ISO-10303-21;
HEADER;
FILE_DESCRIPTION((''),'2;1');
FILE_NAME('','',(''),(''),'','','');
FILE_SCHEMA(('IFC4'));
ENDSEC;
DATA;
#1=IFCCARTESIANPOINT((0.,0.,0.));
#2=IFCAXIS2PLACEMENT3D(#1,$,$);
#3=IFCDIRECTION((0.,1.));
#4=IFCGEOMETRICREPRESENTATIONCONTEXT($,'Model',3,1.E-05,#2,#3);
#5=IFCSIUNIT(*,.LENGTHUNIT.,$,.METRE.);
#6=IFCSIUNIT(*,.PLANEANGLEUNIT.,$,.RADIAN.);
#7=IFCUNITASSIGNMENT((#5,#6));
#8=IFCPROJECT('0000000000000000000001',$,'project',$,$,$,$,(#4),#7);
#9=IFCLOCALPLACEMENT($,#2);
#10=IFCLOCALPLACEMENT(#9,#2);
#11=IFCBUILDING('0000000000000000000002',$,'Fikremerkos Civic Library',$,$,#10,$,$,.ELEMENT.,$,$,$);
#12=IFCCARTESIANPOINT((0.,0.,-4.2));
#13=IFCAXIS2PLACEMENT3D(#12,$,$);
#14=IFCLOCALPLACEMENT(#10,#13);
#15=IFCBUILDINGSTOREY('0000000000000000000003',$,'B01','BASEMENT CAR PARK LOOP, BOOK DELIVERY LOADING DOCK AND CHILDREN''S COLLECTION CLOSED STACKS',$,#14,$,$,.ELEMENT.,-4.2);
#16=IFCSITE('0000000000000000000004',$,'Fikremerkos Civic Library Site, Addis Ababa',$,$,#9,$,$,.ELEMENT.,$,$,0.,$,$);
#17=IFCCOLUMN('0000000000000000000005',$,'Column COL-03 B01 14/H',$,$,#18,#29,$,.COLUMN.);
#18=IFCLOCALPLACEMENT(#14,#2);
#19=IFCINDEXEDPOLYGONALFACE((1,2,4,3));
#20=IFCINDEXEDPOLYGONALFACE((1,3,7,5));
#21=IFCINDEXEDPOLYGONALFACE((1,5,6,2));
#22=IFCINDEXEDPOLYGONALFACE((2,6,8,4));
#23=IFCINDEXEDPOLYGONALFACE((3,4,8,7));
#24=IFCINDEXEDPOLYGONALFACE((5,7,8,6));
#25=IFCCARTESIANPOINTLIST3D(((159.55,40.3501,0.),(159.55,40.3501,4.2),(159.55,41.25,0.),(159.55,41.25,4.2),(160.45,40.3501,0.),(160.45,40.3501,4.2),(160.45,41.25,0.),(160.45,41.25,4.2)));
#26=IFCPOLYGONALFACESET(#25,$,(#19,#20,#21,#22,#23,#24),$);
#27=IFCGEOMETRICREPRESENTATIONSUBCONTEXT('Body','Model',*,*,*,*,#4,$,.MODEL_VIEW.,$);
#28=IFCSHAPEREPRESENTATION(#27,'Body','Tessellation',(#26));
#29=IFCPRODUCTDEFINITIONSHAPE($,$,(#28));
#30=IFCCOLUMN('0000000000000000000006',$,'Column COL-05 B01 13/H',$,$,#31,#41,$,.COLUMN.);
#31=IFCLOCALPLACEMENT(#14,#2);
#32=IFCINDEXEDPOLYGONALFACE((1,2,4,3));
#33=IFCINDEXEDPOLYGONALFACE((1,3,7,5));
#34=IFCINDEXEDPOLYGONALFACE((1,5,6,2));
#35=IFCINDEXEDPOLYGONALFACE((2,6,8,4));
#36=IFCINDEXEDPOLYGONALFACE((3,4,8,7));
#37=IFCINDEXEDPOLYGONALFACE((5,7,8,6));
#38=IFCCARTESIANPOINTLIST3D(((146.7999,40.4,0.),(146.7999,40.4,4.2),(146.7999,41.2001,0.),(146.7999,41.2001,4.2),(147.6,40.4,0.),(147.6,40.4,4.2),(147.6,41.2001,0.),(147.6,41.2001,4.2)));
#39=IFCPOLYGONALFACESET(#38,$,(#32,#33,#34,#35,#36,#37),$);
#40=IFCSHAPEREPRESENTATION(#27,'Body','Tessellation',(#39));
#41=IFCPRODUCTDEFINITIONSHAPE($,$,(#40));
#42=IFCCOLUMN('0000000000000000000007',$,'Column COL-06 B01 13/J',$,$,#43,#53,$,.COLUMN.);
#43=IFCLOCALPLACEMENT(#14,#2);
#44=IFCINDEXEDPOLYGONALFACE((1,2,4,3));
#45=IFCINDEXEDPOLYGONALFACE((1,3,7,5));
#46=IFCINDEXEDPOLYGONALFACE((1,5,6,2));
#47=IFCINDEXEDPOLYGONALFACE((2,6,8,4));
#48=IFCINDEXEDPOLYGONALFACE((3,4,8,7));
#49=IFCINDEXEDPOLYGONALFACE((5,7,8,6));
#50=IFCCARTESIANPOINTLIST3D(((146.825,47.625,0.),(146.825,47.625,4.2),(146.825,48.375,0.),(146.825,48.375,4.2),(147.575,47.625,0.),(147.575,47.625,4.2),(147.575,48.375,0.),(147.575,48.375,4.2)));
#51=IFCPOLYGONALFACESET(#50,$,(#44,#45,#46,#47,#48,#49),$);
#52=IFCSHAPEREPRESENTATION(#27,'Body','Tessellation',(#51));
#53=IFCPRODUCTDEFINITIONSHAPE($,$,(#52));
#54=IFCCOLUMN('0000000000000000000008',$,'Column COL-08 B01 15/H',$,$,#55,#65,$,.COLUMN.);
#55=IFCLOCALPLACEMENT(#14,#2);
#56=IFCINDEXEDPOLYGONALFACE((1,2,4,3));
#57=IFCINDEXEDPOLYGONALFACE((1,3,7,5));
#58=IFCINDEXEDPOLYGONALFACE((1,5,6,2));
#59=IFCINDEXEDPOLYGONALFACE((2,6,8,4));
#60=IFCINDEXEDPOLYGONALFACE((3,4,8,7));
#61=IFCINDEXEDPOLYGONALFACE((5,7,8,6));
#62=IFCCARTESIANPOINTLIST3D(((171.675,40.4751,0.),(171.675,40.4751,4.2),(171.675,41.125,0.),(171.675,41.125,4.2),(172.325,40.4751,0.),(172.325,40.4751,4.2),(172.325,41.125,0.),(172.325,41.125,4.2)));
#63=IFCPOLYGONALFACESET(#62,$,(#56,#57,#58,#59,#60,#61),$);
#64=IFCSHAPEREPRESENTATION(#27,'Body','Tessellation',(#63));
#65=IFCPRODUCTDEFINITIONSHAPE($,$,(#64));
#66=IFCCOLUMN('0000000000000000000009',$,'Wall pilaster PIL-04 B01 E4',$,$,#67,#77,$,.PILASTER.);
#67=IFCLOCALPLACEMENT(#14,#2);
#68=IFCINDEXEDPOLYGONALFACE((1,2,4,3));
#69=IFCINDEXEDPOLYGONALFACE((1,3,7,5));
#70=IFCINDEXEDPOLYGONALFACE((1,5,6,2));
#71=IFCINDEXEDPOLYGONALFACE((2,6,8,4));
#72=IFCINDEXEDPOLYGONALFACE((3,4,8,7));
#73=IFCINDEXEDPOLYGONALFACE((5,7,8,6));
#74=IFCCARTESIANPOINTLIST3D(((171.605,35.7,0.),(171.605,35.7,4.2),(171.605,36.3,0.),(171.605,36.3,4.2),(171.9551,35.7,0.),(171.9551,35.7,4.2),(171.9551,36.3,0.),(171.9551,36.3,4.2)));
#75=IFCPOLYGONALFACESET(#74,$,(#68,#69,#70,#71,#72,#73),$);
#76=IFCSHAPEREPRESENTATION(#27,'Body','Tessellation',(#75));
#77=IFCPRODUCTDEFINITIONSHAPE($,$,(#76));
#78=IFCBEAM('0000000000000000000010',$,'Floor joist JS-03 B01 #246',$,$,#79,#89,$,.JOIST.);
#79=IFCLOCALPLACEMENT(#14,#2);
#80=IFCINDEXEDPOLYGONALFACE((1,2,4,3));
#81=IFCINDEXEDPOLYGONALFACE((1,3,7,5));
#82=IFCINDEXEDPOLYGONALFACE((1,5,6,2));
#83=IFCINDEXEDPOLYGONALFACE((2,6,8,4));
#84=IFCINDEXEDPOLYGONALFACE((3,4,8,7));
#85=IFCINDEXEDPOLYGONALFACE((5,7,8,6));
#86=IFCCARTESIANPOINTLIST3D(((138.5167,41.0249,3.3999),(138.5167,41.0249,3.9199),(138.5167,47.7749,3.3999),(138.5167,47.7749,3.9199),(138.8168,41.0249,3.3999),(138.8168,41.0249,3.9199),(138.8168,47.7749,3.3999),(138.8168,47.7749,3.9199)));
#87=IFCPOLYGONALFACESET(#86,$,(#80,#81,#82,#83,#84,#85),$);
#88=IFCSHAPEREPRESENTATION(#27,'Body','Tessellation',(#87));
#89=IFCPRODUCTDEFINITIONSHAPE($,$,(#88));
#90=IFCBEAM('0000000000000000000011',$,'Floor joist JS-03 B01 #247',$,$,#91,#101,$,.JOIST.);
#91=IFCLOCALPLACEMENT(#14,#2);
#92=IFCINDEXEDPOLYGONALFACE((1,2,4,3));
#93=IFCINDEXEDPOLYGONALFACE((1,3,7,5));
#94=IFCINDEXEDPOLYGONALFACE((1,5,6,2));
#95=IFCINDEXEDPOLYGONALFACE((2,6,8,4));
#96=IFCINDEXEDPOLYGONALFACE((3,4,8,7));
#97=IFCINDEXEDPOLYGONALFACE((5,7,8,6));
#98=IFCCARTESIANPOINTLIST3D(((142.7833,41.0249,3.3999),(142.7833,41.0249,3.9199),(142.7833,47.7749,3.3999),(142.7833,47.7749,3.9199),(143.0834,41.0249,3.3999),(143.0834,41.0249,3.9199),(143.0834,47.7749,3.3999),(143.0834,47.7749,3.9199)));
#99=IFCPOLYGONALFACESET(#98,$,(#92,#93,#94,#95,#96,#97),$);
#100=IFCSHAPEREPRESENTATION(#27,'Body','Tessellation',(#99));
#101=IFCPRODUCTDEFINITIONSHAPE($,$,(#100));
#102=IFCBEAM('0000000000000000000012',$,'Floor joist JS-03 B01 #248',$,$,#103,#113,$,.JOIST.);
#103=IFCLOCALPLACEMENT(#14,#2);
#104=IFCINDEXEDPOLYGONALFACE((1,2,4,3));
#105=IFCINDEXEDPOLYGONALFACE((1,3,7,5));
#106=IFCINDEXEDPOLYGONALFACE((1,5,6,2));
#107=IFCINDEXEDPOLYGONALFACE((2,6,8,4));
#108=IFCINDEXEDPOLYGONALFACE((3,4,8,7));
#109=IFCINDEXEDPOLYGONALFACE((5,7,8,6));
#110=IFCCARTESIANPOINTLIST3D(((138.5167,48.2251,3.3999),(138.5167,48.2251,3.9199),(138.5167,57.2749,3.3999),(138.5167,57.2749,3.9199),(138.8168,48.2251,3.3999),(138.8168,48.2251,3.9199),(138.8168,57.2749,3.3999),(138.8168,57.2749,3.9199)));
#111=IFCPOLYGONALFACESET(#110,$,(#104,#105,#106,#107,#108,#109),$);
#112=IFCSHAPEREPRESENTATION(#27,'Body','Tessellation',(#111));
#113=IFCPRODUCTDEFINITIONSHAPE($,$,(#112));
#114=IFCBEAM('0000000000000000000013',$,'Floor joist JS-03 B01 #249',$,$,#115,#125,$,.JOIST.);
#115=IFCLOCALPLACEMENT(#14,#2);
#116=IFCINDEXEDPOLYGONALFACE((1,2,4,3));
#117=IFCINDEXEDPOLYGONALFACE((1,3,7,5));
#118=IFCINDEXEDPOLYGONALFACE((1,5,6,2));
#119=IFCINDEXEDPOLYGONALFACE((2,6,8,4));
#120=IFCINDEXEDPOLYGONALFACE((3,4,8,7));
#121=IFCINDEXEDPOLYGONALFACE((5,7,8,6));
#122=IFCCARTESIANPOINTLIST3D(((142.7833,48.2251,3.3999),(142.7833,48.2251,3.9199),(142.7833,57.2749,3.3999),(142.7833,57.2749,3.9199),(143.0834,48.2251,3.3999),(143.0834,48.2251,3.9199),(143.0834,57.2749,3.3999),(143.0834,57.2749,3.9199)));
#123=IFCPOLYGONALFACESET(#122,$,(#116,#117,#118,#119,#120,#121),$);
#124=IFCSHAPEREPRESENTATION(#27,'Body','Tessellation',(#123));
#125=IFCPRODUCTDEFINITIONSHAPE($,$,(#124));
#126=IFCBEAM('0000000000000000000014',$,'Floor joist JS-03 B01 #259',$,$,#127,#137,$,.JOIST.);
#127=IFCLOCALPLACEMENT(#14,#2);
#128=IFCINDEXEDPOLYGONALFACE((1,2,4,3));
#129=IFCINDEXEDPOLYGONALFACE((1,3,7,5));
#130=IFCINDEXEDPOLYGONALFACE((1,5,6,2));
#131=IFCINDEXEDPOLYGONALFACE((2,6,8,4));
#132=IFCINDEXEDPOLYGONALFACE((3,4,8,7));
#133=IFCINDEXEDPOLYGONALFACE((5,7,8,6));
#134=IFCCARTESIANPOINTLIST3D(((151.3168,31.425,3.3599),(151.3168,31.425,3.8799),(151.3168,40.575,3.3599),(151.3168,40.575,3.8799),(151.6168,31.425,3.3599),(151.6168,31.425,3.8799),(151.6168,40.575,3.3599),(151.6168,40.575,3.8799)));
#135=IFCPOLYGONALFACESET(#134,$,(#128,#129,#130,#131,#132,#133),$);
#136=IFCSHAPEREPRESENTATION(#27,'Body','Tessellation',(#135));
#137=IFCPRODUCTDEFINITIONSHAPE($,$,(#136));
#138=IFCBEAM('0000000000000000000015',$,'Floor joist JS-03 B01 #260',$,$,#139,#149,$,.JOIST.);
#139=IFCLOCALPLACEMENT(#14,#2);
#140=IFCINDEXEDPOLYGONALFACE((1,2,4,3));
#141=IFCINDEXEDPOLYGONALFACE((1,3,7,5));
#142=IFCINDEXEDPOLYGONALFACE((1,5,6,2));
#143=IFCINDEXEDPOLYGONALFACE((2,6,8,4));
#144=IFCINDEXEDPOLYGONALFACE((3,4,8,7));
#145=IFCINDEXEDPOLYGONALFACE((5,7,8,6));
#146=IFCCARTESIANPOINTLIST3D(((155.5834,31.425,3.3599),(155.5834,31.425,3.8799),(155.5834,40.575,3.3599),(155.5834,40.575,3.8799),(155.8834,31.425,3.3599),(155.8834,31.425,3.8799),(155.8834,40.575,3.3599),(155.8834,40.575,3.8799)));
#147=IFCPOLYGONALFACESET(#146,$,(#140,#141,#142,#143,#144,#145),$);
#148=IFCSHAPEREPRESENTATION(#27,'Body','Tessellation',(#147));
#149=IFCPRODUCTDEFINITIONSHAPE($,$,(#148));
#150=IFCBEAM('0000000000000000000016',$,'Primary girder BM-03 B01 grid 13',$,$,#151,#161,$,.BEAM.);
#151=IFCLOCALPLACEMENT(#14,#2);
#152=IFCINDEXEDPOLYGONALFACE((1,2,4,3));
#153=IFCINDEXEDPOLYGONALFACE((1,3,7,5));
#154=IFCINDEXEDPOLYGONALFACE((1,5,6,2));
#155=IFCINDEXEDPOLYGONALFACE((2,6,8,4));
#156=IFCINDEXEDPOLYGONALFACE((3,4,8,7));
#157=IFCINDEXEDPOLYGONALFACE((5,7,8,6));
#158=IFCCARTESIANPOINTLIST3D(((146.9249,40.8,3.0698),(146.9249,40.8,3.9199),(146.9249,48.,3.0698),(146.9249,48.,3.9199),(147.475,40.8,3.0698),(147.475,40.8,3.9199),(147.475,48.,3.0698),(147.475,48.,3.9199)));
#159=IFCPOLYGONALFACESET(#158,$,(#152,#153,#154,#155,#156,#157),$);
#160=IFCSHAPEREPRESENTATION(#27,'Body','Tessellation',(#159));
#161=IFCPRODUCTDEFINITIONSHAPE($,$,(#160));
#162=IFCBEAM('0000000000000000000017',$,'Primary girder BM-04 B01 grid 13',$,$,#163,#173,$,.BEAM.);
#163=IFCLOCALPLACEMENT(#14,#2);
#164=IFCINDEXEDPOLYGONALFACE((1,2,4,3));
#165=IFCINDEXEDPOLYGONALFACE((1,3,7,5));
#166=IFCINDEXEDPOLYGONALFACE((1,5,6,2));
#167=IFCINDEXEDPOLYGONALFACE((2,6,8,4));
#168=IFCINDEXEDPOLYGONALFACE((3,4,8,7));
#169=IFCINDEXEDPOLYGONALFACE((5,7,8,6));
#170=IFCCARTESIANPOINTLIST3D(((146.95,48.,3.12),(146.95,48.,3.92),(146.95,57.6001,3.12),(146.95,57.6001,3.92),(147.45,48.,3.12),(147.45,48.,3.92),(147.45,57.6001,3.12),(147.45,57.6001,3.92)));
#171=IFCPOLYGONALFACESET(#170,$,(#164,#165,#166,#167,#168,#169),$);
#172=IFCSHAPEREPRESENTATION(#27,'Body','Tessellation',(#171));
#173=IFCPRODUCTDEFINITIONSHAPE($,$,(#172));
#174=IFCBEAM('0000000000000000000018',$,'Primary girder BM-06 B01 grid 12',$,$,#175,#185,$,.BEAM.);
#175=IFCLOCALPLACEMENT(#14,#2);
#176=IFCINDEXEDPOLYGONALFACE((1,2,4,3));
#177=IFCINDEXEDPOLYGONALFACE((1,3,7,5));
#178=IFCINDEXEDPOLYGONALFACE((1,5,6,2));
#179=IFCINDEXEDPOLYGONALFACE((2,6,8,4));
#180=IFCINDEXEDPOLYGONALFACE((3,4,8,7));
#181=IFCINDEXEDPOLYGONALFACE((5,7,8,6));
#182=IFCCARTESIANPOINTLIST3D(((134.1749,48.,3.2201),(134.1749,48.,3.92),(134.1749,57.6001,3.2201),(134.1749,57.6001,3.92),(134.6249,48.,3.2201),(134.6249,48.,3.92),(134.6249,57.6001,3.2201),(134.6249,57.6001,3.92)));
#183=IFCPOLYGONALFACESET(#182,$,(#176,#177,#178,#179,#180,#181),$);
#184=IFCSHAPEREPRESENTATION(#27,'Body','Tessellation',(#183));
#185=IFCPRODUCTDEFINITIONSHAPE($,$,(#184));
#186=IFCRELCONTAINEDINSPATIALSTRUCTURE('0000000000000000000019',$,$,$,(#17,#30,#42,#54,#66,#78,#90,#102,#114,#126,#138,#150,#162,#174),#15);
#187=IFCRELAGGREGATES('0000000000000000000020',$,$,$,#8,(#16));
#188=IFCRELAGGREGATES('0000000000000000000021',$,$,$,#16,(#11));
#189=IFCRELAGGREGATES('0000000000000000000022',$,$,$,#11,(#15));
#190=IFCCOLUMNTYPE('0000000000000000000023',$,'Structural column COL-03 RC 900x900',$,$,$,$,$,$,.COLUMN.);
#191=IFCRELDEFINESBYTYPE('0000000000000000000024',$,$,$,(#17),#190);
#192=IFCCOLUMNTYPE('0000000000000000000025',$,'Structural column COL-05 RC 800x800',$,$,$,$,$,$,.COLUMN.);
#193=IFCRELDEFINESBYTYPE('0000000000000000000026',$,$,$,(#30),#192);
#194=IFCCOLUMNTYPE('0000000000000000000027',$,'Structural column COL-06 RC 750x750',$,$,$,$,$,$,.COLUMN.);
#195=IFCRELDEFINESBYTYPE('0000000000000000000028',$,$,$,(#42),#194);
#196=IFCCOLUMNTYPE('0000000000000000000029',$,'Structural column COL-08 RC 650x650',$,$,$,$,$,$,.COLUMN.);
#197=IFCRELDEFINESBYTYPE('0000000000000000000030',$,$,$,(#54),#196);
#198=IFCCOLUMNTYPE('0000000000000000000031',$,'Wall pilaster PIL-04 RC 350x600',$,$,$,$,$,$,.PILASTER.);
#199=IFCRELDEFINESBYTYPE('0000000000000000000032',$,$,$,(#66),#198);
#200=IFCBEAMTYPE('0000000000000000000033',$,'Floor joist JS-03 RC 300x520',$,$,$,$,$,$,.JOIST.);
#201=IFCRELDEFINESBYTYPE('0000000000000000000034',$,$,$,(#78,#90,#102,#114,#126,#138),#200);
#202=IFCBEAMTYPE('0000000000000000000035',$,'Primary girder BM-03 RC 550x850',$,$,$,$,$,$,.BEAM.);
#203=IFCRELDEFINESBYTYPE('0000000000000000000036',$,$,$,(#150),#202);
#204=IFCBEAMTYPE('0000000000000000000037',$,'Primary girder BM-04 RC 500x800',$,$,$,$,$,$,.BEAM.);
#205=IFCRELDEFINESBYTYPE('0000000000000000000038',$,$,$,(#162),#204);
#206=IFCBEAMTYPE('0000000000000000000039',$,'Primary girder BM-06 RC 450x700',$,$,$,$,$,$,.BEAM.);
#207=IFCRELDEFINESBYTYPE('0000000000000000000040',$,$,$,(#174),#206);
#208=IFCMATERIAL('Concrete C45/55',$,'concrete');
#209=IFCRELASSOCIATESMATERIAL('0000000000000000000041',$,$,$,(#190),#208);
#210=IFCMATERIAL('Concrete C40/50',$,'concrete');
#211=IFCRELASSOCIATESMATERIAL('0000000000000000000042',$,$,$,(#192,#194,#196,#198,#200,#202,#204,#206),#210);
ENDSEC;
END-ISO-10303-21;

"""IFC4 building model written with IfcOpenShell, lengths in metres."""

from ifc_helpers import new_model, si_unit, direction, frame, origin, origin_2d, place, context, subcontext, project, spatial, rectangle, extrude, material, material_profile, profile_set, type_object, element, save


model = new_model("IFC4")

# Units and contexts
model_context = context("Model", 3, precision=1e-05, world=origin(), true_north=direction((0.0, 1.0)))
body_context = subcontext(model_context, "Body", "Model", "MODEL_VIEW")
ifc_project = project(units=[si_unit("LENGTHUNIT", "METRE"), si_unit("PLANEANGLEUNIT", "RADIAN")], contexts=[model_context])

# Site, building, storey
site_placement = place(None, origin())
site = spatial("IfcSite", under=ifc_project, at=site_placement, Name="Fikremerkos Civic Library Site, Addis Ababa", CompositionType="ELEMENT", RefElevation=0.0)
building_placement = place(site_placement, origin())
building = spatial("IfcBuilding", under=site, at=building_placement, Name="Fikremerkos Civic Library", CompositionType="ELEMENT")
storey_placement = place(building_placement, frame((0.0, 0.0, -4.2)))
storey = spatial("IfcBuildingStorey", under=building, at=storey_placement, Name="B01", Description="BASEMENT CAR PARK LOOP, BOOK DELIVERY LOADING DOCK AND CHILDREN'S COLLECTION CLOSED STACKS", CompositionType="ELEMENT", Elevation=-4.2)

# Columns
ifc_material_1 = material(Name="Concrete C45/55", Category="concrete")
ifc_material_profile_1 = material_profile(ifc_material_1, rectangle(XDim=0.8999, YDim=0.8999, at=origin_2d()), Name="RC 900x900")
ifc_profile_set_1 = profile_set([ifc_material_profile_1], Name="Concrete C45/55")
column_type_1 = type_object("IfcColumnType", Name="Structural column COL-03 RC 900x900", PredefinedType="COLUMN", material=ifc_profile_set_1)
column_1_placement = place(storey_placement, frame((160.0, 40.8, 0.0), z_axis=(0.0, 0.0, 1.0), x_axis=(1.0, 0.0, 0.0)))
element("IfcColumn", 1, at=column_1_placement, inside=storey, type_object=column_type_1, Name="Column COL-03 B01 14/H", PredefinedType="COLUMN", context=body_context, shape_type="SweptSolid", body=[
    extrude(rectangle(XDim=0.8999, YDim=0.8999, at=origin_2d()), origin(), (0.0, 0.0, 1.0), 4.2),
])
ifc_material_2 = material(Name="Concrete C40/50", Category="concrete")
ifc_material_profile_2 = material_profile(ifc_material_2, rectangle(XDim=0.8, YDim=0.8, at=origin_2d()), Name="RC 800x800")
ifc_profile_set_2 = profile_set([ifc_material_profile_2], Name="Concrete C40/50")
column_type_2 = type_object("IfcColumnType", Name="Structural column COL-05 RC 800x800", PredefinedType="COLUMN", material=ifc_profile_set_2)
column_2_placement = place(storey_placement, frame((147.2, 40.8, 0.0), z_axis=(0.0, 0.0, 1.0), x_axis=(1.0, 0.0, 0.0)))
element("IfcColumn", 2, at=column_2_placement, inside=storey, type_object=column_type_2, Name="Column COL-05 B01 13/H", PredefinedType="COLUMN", context=body_context, shape_type="SweptSolid", body=[
    extrude(rectangle(XDim=0.8, YDim=0.8, at=origin_2d()), origin(), (0.0, 0.0, 1.0), 4.2),
])
ifc_material_profile_3 = material_profile(ifc_material_2, rectangle(XDim=0.75, YDim=0.75, at=origin_2d()), Name="RC 750x750")
ifc_profile_set_3 = profile_set([ifc_material_profile_3], Name="Concrete C40/50")
column_type_3 = type_object("IfcColumnType", Name="Structural column COL-06 RC 750x750", PredefinedType="COLUMN", material=ifc_profile_set_3)
column_3_placement = place(storey_placement, frame((147.2, 48.0, 0.0), z_axis=(0.0, 0.0, 1.0), x_axis=(1.0, 0.0, 0.0)))
element("IfcColumn", 3, at=column_3_placement, inside=storey, type_object=column_type_3, Name="Column COL-06 B01 13/J", PredefinedType="COLUMN", context=body_context, shape_type="SweptSolid", body=[
    extrude(rectangle(XDim=0.75, YDim=0.75, at=origin_2d()), origin(), (0.0, 0.0, 1.0), 4.2),
])
ifc_material_profile_4 = material_profile(ifc_material_2, rectangle(XDim=0.6499, YDim=0.6499, at=origin_2d()), Name="RC 650x650")
ifc_profile_set_4 = profile_set([ifc_material_profile_4], Name="Concrete C40/50")
column_type_4 = type_object("IfcColumnType", Name="Structural column COL-08 RC 650x650", PredefinedType="COLUMN", material=ifc_profile_set_4)
column_4_placement = place(storey_placement, frame((172.0, 40.8, 0.0), z_axis=(0.0, 0.0, 1.0), x_axis=(1.0, 0.0, 0.0)))
element("IfcColumn", 4, at=column_4_placement, inside=storey, type_object=column_type_4, Name="Column COL-08 B01 15/H", PredefinedType="COLUMN", context=body_context, shape_type="SweptSolid", body=[
    extrude(rectangle(XDim=0.6499, YDim=0.6499, at=origin_2d()), origin(), (0.0, 0.0, 1.0), 4.2),
])
ifc_material_profile_5 = material_profile(ifc_material_2, rectangle(XDim=0.3501, YDim=0.6001, at=origin_2d()), Name="RC 350x600")
ifc_profile_set_5 = profile_set([ifc_material_profile_5], Name="Concrete C40/50")
column_type_5 = type_object("IfcColumnType", Name="Wall pilaster PIL-04 RC 350x600", PredefinedType="PILASTER", material=ifc_profile_set_5)
column_5_placement = place(storey_placement, frame((171.78, 36.0, 0.0), z_axis=(0.0, 0.0, 1.0), x_axis=(1.0, 0.0, 0.0)))
element("IfcColumn", 5, at=column_5_placement, inside=storey, type_object=column_type_5, Name="Wall pilaster PIL-04 B01 E4", PredefinedType="PILASTER", context=body_context, shape_type="SweptSolid", body=[
    extrude(rectangle(XDim=0.3501, YDim=0.6001, at=origin_2d()), origin(), (0.0, 0.0, 1.0), 4.2),
])

# Beams
ifc_material_profile_6 = material_profile(ifc_material_2, rectangle(XDim=0.3, YDim=0.52, at=origin_2d()), Name="RC 300x520")
ifc_profile_set_6 = profile_set([ifc_material_profile_6], Name="Concrete C40/50")
beam_type_1 = type_object("IfcBeamType", Name="Floor joist JS-03 RC 300x520", PredefinedType="JOIST", material=ifc_profile_set_6)
for number, where, z_axis, x_axis, name in (
    (6, (138.6667, 41.0249, 3.6599), (0.0, 1.0, 0.0), (-1.0, 0.0, 0.0), "Floor joist JS-03 B01 #246"),
    (7, (142.9333, 41.0249, 3.6599), (0.0, 1.0, 0.0), (-1.0, 0.0, 0.0), "Floor joist JS-03 B01 #247"),
):
    element("IfcBeam", number, at=place(storey_placement, frame(where, z_axis=z_axis, x_axis=x_axis)), inside=storey, type_object=beam_type_1, Name=name, PredefinedType="JOIST", context=body_context, shape_type="SweptSolid", body=[
        extrude(rectangle(XDim=0.3, YDim=0.52, at=origin_2d()), origin(), (0.0, 0.0, 1.0), 6.75),
    ])
for number, where, z_axis, x_axis, name in (
    (8, (138.6667, 48.2251, 3.6599), (0.0, 1.0, 0.0), (-1.0, 0.0, 0.0), "Floor joist JS-03 B01 #248"),
    (9, (142.9333, 48.2251, 3.6599), (0.0, 1.0, 0.0), (-1.0, 0.0, 0.0), "Floor joist JS-03 B01 #249"),
):
    element("IfcBeam", number, at=place(storey_placement, frame(where, z_axis=z_axis, x_axis=x_axis)), inside=storey, type_object=beam_type_1, Name=name, PredefinedType="JOIST", context=body_context, shape_type="SweptSolid", body=[
        extrude(rectangle(XDim=0.3, YDim=0.52, at=origin_2d()), origin(), (0.0, 0.0, 1.0), 9.0498),
    ])
for number, where, z_axis, x_axis, name in (
    (10, (151.4668, 31.425, 3.6199), (0.0, 1.0, 0.0), (-1.0, 0.0, 0.0), "Floor joist JS-03 B01 #259"),
    (11, (155.7334, 31.425, 3.6199), (0.0, 1.0, 0.0), (-1.0, 0.0, 0.0), "Floor joist JS-03 B01 #260"),
):
    element("IfcBeam", number, at=place(storey_placement, frame(where, z_axis=z_axis, x_axis=x_axis)), inside=storey, type_object=beam_type_1, Name=name, PredefinedType="JOIST", context=body_context, shape_type="SweptSolid", body=[
        extrude(rectangle(XDim=0.3, YDim=0.52, at=origin_2d()), origin(), (0.0, 0.0, 1.0), 9.1499),
    ])
ifc_material_profile_7 = material_profile(ifc_material_2, rectangle(XDim=0.55, YDim=0.8501, at=origin_2d()), Name="RC 550x850")
ifc_profile_set_7 = profile_set([ifc_material_profile_7], Name="Concrete C40/50")
beam_type_2 = type_object("IfcBeamType", Name="Primary girder BM-03 RC 550x850", PredefinedType="BEAM", material=ifc_profile_set_7)
beam_1_placement = place(storey_placement, frame((147.2, 40.8, 3.4949), z_axis=(0.0, 1.0, 0.0), x_axis=(-1.0, 0.0, 0.0)))
element("IfcBeam", 12, at=beam_1_placement, inside=storey, type_object=beam_type_2, Name="Primary girder BM-03 B01 grid 13", PredefinedType="BEAM", context=body_context, shape_type="SweptSolid", body=[
    extrude(rectangle(XDim=0.55, YDim=0.8501, at=origin_2d()), origin(), (0.0, 0.0, 1.0), 7.2),
])
ifc_material_profile_8 = material_profile(ifc_material_2, rectangle(XDim=0.5, YDim=0.8, at=origin_2d()), Name="RC 500x800")
ifc_profile_set_8 = profile_set([ifc_material_profile_8], Name="Concrete C40/50")
beam_type_3 = type_object("IfcBeamType", Name="Primary girder BM-04 RC 500x800", PredefinedType="BEAM", material=ifc_profile_set_8)
beam_2_placement = place(storey_placement, frame((147.2, 48.0, 3.52), z_axis=(0.0, 1.0, 0.0), x_axis=(-1.0, 0.0, 0.0)))
element("IfcBeam", 13, at=beam_2_placement, inside=storey, type_object=beam_type_3, Name="Primary girder BM-04 B01 grid 13", PredefinedType="BEAM", context=body_context, shape_type="SweptSolid", body=[
    extrude(rectangle(XDim=0.5, YDim=0.8, at=origin_2d()), origin(), (0.0, 0.0, 1.0), 9.6001),
])
ifc_material_profile_9 = material_profile(ifc_material_2, rectangle(XDim=0.45, YDim=0.7, at=origin_2d()), Name="RC 450x700")
ifc_profile_set_9 = profile_set([ifc_material_profile_9], Name="Concrete C40/50")
beam_type_4 = type_object("IfcBeamType", Name="Primary girder BM-06 RC 450x700", PredefinedType="BEAM", material=ifc_profile_set_9)
beam_3_placement = place(storey_placement, frame((134.3999, 48.0, 3.5701), z_axis=(0.0, 1.0, 0.0), x_axis=(-1.0, 0.0, 0.0)))
element("IfcBeam", 14, at=beam_3_placement, inside=storey, type_object=beam_type_4, Name="Primary girder BM-06 B01 grid 12", PredefinedType="BEAM", context=body_context, shape_type="SweptSolid", body=[
    extrude(rectangle(XDim=0.45, YDim=0.7, at=origin_2d()), origin(), (0.0, 0.0, 1.0), 9.6001),
])

save(model, "model.ifc")
